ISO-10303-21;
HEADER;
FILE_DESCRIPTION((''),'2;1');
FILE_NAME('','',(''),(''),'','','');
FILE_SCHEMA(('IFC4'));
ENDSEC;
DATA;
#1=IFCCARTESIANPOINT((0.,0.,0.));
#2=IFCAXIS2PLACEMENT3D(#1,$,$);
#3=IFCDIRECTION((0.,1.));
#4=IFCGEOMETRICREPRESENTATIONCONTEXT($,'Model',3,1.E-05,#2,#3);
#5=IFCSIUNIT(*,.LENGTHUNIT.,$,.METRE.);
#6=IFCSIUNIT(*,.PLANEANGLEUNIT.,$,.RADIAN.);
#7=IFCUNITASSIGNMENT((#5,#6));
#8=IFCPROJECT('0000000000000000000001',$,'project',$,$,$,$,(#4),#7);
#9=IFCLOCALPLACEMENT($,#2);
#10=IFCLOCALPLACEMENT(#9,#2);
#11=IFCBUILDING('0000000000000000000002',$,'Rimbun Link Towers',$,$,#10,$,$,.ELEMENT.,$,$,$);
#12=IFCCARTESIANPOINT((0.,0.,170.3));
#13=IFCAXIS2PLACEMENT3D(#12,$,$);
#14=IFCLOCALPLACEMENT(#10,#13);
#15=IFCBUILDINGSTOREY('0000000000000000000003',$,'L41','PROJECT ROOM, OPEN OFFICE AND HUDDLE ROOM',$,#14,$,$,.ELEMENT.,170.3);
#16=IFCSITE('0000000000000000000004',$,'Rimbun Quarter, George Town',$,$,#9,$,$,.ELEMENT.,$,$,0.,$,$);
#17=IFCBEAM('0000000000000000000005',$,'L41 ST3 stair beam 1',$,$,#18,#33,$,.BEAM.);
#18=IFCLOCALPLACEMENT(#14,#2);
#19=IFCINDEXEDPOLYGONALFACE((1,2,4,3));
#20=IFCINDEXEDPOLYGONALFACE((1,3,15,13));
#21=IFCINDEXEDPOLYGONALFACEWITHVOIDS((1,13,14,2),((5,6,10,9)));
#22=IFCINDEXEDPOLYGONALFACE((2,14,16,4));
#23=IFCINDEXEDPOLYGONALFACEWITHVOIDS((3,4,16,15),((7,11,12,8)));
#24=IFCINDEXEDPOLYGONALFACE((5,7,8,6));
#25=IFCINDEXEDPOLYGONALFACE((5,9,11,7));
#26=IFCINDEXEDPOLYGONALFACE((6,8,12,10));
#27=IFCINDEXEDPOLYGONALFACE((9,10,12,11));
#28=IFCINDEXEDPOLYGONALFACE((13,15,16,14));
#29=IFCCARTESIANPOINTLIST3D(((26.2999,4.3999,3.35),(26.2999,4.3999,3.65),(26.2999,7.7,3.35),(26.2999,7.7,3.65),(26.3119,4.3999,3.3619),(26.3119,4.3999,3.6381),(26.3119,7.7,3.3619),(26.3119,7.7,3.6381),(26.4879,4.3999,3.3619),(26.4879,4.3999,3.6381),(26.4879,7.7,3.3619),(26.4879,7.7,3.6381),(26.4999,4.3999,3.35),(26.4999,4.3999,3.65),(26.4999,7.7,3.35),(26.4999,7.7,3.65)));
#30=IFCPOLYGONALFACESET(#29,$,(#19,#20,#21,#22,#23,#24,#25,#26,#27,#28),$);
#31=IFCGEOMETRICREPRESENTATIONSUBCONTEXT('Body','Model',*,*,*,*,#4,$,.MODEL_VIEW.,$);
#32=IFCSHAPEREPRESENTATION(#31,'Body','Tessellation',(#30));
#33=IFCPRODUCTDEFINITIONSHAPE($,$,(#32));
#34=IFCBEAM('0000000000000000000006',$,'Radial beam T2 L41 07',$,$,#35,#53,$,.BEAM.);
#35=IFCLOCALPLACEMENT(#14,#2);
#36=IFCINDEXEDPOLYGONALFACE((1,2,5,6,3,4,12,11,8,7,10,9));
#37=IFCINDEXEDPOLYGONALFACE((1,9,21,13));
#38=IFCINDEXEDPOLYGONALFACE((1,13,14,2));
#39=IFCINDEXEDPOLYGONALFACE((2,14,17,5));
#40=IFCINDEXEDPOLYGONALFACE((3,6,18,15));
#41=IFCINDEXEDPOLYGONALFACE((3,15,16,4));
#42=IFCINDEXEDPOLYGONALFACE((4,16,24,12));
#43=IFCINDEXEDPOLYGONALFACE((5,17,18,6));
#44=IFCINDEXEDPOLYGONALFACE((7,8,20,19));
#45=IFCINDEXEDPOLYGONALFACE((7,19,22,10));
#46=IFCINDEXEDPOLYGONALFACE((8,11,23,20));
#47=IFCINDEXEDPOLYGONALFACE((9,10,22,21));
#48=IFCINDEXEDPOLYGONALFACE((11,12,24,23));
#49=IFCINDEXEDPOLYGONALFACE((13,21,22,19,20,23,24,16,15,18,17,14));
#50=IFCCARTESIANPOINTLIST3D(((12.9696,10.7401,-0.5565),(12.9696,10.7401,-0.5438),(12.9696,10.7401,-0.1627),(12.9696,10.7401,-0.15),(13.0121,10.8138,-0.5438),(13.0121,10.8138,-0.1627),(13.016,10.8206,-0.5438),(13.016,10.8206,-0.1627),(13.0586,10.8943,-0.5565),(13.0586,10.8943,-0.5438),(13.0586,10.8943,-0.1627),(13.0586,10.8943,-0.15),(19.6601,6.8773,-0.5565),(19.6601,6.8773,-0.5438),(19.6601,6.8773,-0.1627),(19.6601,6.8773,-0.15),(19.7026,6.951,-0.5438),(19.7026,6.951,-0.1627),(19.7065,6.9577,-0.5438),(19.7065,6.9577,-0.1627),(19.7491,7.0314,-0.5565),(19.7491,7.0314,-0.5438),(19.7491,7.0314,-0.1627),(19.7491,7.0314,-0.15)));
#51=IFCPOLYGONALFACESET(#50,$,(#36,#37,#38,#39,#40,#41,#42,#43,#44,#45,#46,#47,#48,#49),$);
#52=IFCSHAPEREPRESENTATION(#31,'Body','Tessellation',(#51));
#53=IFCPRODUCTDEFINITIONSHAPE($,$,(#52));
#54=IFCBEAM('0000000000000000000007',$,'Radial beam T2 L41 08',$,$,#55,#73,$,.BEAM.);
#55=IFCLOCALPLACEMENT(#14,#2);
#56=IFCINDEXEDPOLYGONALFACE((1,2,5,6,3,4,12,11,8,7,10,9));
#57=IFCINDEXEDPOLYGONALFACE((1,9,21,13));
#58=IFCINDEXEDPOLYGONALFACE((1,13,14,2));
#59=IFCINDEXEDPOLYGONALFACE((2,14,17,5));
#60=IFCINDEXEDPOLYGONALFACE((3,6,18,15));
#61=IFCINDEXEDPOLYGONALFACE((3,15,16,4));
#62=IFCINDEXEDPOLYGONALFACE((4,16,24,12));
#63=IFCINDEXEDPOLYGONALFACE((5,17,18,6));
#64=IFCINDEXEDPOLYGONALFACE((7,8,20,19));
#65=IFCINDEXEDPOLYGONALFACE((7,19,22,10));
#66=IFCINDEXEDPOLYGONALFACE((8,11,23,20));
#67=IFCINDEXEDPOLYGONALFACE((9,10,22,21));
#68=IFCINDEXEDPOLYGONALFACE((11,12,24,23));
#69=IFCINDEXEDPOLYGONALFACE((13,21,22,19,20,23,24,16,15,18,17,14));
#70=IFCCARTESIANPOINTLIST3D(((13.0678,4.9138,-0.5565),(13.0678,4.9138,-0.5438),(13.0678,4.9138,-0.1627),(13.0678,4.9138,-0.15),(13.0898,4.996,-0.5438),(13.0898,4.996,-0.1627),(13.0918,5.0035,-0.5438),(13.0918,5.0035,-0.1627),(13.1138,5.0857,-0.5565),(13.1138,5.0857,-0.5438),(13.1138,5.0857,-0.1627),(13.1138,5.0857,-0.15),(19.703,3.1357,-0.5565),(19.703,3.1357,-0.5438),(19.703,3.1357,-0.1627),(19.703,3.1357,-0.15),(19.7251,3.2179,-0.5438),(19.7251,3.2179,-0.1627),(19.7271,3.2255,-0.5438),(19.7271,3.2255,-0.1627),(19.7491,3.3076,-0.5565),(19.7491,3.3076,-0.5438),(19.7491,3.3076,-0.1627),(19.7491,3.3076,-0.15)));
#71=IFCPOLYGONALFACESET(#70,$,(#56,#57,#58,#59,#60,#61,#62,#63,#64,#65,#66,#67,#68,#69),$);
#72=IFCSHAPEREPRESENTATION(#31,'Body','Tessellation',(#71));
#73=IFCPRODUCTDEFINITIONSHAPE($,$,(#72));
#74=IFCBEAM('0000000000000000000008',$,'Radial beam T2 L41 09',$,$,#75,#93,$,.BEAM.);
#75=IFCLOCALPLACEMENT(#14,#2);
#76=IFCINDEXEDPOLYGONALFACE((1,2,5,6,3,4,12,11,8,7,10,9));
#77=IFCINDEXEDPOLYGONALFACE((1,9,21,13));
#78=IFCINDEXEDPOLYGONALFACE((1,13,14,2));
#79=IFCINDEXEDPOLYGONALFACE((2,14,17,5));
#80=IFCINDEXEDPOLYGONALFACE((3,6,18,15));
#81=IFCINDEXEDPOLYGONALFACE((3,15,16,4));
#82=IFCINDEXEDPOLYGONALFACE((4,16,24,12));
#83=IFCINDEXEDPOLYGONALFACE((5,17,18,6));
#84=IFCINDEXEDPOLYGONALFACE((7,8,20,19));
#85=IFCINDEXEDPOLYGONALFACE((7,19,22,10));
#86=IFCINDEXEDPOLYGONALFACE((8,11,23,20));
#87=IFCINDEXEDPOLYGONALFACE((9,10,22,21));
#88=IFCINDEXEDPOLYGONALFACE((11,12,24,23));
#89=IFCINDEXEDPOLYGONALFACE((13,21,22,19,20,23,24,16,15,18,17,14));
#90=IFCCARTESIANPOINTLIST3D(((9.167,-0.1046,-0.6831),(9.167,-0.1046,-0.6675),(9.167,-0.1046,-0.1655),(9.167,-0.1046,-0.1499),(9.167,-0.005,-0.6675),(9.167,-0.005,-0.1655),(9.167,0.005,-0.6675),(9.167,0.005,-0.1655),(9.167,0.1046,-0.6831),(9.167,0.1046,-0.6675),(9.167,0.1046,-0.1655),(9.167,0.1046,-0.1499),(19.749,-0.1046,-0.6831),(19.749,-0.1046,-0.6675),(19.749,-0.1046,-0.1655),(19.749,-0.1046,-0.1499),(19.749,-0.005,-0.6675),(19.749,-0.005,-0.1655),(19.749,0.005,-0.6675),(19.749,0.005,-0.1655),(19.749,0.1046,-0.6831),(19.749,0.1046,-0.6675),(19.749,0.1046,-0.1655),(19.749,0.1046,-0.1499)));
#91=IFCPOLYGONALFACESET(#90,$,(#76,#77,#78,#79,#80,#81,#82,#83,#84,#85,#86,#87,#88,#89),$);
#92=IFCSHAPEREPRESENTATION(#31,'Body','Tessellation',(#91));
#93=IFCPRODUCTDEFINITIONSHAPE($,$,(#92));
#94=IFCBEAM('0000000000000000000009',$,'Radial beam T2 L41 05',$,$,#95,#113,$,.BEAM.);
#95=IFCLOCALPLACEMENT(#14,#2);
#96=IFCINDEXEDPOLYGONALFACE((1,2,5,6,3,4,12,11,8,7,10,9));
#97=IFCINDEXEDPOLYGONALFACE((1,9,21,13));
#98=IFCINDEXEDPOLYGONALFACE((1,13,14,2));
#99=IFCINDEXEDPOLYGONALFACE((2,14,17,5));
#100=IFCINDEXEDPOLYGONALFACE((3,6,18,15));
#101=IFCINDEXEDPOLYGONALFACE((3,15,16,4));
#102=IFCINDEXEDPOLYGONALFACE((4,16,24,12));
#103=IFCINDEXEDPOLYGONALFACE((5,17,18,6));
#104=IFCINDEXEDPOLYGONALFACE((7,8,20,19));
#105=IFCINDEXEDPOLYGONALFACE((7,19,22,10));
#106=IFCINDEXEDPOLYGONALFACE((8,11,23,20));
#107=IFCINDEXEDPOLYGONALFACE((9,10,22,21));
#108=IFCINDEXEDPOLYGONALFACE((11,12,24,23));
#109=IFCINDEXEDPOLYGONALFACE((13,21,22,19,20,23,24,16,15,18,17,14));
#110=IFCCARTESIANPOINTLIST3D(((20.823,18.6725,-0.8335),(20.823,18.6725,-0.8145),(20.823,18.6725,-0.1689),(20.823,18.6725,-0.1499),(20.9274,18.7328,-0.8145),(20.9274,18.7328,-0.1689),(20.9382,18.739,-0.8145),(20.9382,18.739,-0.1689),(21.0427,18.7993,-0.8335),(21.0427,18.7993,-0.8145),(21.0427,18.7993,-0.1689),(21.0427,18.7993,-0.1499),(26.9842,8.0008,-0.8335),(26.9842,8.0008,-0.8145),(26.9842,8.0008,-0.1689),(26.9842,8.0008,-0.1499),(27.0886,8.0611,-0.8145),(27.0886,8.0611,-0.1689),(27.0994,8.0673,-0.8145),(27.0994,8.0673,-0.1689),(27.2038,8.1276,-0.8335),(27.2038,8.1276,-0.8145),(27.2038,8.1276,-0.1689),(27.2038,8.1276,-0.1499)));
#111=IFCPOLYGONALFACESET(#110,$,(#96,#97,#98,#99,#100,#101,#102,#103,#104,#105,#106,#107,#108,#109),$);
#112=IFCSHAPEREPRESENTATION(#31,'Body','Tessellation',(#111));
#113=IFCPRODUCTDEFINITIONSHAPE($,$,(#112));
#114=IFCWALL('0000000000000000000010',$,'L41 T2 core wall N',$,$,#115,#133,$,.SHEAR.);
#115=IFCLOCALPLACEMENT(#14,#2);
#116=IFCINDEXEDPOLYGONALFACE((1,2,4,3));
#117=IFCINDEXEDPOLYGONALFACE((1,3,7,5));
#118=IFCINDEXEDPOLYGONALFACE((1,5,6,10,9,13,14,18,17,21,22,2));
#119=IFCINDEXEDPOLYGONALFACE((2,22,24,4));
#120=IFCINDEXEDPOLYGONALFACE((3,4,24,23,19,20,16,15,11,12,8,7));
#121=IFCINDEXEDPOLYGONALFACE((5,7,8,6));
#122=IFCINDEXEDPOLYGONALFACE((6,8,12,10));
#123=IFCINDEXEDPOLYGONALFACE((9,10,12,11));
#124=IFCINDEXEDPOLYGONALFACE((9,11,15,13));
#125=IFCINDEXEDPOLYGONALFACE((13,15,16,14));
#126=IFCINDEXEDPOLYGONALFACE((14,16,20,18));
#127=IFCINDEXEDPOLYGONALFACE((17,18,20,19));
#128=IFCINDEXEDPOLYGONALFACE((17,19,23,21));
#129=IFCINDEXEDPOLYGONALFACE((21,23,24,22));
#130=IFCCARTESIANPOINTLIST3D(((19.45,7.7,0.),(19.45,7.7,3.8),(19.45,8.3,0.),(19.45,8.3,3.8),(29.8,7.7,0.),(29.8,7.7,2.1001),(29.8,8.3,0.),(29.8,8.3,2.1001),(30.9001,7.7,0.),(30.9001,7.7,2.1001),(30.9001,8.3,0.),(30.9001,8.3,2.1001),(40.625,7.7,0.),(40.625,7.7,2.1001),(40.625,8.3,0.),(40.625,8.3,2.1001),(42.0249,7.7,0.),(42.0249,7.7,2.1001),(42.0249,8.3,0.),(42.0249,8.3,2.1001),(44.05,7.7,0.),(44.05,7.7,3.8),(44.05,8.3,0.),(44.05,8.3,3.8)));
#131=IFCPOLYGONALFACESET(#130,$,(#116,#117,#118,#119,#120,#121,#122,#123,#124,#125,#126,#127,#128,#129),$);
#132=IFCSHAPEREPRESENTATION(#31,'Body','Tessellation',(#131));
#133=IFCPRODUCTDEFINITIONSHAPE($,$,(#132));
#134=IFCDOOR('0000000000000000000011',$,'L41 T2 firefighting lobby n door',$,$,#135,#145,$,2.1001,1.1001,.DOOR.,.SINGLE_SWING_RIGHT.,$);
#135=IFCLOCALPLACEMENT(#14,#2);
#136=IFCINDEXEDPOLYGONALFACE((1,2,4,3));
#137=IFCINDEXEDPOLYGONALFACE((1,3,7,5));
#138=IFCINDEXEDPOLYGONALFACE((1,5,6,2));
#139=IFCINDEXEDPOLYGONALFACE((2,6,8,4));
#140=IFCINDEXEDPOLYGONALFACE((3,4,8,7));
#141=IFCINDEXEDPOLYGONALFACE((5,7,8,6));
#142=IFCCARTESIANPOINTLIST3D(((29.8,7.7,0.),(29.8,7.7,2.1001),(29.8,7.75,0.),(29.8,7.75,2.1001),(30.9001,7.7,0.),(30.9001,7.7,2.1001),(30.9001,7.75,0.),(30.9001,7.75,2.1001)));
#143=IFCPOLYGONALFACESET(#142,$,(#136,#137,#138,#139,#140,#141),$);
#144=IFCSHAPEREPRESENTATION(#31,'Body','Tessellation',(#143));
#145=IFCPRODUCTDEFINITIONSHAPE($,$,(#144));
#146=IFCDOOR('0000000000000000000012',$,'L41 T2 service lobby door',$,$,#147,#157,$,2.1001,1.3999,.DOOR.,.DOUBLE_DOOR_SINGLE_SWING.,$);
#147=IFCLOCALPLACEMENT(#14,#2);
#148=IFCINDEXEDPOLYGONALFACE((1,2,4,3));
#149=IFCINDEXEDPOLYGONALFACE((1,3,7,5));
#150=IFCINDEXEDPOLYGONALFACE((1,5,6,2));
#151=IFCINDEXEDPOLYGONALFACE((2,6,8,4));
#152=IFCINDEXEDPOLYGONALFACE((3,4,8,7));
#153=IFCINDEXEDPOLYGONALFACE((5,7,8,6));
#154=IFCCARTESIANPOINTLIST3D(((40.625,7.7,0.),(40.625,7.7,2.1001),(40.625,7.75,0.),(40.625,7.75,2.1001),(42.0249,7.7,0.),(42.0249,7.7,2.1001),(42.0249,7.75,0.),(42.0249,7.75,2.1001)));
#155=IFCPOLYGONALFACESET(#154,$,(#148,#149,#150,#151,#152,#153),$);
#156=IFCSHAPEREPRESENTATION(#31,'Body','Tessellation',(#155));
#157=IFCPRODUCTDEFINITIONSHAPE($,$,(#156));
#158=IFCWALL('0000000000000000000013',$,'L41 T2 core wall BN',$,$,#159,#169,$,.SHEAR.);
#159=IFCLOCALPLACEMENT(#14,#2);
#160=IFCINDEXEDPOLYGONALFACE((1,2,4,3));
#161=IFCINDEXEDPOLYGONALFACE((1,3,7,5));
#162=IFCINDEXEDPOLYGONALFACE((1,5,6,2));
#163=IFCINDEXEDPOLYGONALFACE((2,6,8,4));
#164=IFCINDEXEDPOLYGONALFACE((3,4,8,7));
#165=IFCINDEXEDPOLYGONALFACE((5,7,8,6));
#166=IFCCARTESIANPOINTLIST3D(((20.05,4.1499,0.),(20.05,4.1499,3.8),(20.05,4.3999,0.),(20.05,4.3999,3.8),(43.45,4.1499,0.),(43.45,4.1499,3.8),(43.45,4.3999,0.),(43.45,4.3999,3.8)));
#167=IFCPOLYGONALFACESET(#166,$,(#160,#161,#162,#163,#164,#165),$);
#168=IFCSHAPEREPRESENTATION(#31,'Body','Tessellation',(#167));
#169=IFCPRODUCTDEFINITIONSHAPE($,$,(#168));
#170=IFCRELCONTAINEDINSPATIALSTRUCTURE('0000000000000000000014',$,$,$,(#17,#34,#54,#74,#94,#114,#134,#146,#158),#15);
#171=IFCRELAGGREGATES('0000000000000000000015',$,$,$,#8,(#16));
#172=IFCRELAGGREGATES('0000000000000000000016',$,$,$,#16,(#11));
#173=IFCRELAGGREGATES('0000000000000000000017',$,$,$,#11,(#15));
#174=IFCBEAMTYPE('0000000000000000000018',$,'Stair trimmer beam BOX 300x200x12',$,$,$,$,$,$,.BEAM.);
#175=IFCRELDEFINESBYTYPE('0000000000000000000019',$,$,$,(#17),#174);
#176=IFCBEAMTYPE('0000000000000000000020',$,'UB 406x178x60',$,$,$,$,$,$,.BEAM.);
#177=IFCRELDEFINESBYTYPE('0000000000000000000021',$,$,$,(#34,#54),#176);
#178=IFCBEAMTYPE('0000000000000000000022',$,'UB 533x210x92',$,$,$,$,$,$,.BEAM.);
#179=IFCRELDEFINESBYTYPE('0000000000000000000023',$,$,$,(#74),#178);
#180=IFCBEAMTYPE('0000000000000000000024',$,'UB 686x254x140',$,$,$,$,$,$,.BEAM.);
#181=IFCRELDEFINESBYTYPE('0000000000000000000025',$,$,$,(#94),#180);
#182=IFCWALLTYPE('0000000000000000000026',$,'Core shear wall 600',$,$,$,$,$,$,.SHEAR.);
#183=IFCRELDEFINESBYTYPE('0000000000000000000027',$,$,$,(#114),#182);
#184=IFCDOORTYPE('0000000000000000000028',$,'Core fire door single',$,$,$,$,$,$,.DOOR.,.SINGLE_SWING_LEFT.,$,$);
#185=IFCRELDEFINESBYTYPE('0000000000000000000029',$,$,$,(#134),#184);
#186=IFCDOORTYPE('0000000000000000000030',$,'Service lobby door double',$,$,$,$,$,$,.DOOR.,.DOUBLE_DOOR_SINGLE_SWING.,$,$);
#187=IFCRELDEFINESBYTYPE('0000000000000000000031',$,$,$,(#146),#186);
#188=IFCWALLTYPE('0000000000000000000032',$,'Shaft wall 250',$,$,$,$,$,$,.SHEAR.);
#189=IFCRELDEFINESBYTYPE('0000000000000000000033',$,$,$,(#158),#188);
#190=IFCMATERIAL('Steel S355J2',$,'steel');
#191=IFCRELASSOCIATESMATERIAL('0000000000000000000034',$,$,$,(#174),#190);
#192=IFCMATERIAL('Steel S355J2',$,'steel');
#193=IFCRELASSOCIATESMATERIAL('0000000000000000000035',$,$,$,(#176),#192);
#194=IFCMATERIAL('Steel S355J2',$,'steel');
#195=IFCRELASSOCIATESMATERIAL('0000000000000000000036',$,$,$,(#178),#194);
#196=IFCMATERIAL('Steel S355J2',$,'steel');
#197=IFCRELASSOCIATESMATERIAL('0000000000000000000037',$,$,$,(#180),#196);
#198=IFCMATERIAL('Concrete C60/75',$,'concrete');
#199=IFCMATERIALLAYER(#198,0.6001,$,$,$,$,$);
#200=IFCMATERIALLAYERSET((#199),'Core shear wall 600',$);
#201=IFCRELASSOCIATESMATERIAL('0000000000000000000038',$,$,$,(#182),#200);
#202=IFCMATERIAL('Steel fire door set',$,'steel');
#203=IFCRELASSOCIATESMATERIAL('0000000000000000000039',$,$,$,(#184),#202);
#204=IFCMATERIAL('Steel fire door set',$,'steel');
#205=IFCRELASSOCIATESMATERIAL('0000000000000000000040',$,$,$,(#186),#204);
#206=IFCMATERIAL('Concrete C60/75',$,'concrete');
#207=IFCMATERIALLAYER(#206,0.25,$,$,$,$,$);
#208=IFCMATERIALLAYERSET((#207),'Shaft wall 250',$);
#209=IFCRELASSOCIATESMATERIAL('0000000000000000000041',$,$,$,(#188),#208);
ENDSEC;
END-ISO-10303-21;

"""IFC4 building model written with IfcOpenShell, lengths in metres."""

from ifc_helpers import new_model, si_unit, direction, frame, frame_2d, origin, origin_2d, place, context, subcontext, project, spatial, rectangle, hollow_rectangle, i_section, extrude, material, layer, layer_set, material_profile, profile_set, type_object, element, fill, save


model = new_model("IFC4")

# Units and contexts
model_context = context("Model", 3, precision=1e-05, world=origin(), true_north=direction((0.0, 1.0)))
body_context = subcontext(model_context, "Body", "Model", "MODEL_VIEW")
ifc_project = project(units=[si_unit("LENGTHUNIT", "METRE"), si_unit("PLANEANGLEUNIT", "RADIAN")], contexts=[model_context])

# Site, building, storey
site_placement = place(None, origin())
site = spatial("IfcSite", under=ifc_project, at=site_placement, Name="Rimbun Quarter, George Town", CompositionType="ELEMENT", RefElevation=0.0)
building_placement = place(site_placement, origin())
building = spatial("IfcBuilding", under=site, at=building_placement, Name="Rimbun Link Towers", CompositionType="ELEMENT")
storey_placement = place(building_placement, frame((0.0, 0.0, 170.3)))
storey = spatial("IfcBuildingStorey", under=building, at=storey_placement, Name="L41", Description="PROJECT ROOM, OPEN OFFICE AND HUDDLE ROOM", CompositionType="ELEMENT", Elevation=170.3)

# Beams
ifc_material_1 = material(Name="Steel S355J2", Category="steel")
ifc_material_profile_1 = material_profile(ifc_material_1, hollow_rectangle(XDim=0.2, YDim=0.3, WallThickness=0.012, at=origin_2d()), Name="BOX 300x200x12")
ifc_profile_set_1 = profile_set([ifc_material_profile_1], Name="Steel S355J2")
beam_type_1 = type_object("IfcBeamType", Name="Stair trimmer beam BOX 300x200x12", PredefinedType="BEAM", material=ifc_profile_set_1)
beam_1_placement = place(storey_placement, frame((26.3999, 7.7, 3.5), z_axis=(0.0, -1.0, 0.0), x_axis=(1.0, 0.0, 0.0)))
element("IfcBeam", 1, at=beam_1_placement, inside=storey, type_object=beam_type_1, Name="L41 ST3 stair beam 1", PredefinedType="BEAM", context=body_context, shape_type="SweptSolid", body=[
    extrude(hollow_rectangle(XDim=0.2, YDim=0.3, WallThickness=0.012, at=origin_2d()), origin(), (0.0, 0.0, 1.0), 3.3),
])
ifc_material_2 = material(Name="Steel S355J2", Category="steel")
ifc_material_profile_2 = material_profile(ifc_material_2, i_section(OverallWidth=0.178, OverallDepth=0.4065, WebThickness=0.0078, FlangeThickness=0.0127, at=origin_2d()), Name="UB 406x178x60")
ifc_profile_set_2 = profile_set([ifc_material_profile_2], Name="Steel S355J2")
beam_type_2 = type_object("IfcBeamType", Name="UB 406x178x60", PredefinedType="BEAM", material=ifc_profile_set_2)
beam_2_placement = place(storey_placement, frame((19.7046, 6.9543, -0.3533), z_axis=(-0.866021, 0.500007, 0.0), x_axis=(-0.500007, -0.866021, 0.0)))
element("IfcBeam", 2, at=beam_2_placement, inside=storey, type_object=beam_type_2, Name="Radial beam T2 L41 07", PredefinedType="BEAM", context=body_context, shape_type="SweptSolid", body=[
    extrude(i_section(OverallWidth=0.178, OverallDepth=0.4065, WebThickness=0.0078, FlangeThickness=0.0127, at=origin_2d()), origin(), (0.0, 0.0, 1.0), 7.7256),
])
beam_3_placement = place(storey_placement, frame((19.7261, 3.2217, -0.3533), z_axis=(-0.96592, 0.258841, 0.0), x_axis=(-0.258841, -0.96592, 0.0)))
element("IfcBeam", 3, at=beam_3_placement, inside=storey, type_object=beam_type_2, Name="Radial beam T2 L41 08", PredefinedType="BEAM", context=body_context, shape_type="SweptSolid", body=[
    extrude(i_section(OverallWidth=0.178, OverallDepth=0.4065, WebThickness=0.0078, FlangeThickness=0.0127, at=origin_2d()), origin(), (0.0, 0.0, 1.0), 6.8694),
])
ifc_material_3 = material(Name="Steel S355J2", Category="steel")
ifc_material_profile_3 = material_profile(ifc_material_3, i_section(OverallWidth=0.2092, OverallDepth=0.5332, WebThickness=0.01, FlangeThickness=0.0156, at=origin_2d()), Name="UB 533x210x92")
ifc_profile_set_3 = profile_set([ifc_material_profile_3], Name="Steel S355J2")
beam_type_3 = type_object("IfcBeamType", Name="UB 533x210x92", PredefinedType="BEAM", material=ifc_profile_set_3)
beam_4_placement = place(storey_placement, frame((19.749, 0.0, -0.4165), z_axis=(-1.0, 0.0, 0.0), x_axis=(0.0, -1.0, 0.0)))
element("IfcBeam", 4, at=beam_4_placement, inside=storey, type_object=beam_type_3, Name="Radial beam T2 L41 09", PredefinedType="BEAM", context=body_context, shape_type="SweptSolid", body=[
    extrude(i_section(OverallWidth=0.2092, OverallDepth=0.5332, WebThickness=0.01, FlangeThickness=0.0156, at=origin_2d()), origin(), (0.0, 0.0, 1.0), 10.582),
])
ifc_material_4 = material(Name="Steel S355J2", Category="steel")
ifc_material_profile_4 = material_profile(ifc_material_4, i_section(OverallWidth=0.2537, OverallDepth=0.6836, WebThickness=0.0125, FlangeThickness=0.019, at=origin_2d()), Name="UB 686x254x140")
ifc_profile_set_4 = profile_set([ifc_material_profile_4], Name="Steel S355J2")
beam_type_4 = type_object("IfcBeamType", Name="UB 686x254x140", PredefinedType="BEAM", material=ifc_profile_set_4)
beam_5_placement = place(storey_placement, frame((27.094, 8.0642, -0.4917), z_axis=(-0.499992, 0.86603, 0.0), x_axis=(-0.86603, -0.499992, 0.0)))
element("IfcBeam", 5, at=beam_5_placement, inside=storey, type_object=beam_type_4, Name="Radial beam T2 L41 05", PredefinedType="BEAM", context=body_context, shape_type="SweptSolid", body=[
    extrude(i_section(OverallWidth=0.2537, OverallDepth=0.6836, WebThickness=0.0125, FlangeThickness=0.019, at=origin_2d()), origin(), (0.0, 0.0, 1.0), 12.3225),
])

# Wall, openings, doors
ifc_material_5 = material(Name="Concrete C60/75", Category="concrete")
ifc_layer_1 = layer(ifc_material_5, 0.6001)
ifc_layer_set_1 = layer_set([ifc_layer_1], Name="Core shear wall 600")
wall_type_1 = type_object("IfcWallType", Name="Core shear wall 600", PredefinedType="SHEAR", material=ifc_layer_set_1)
wall_1_placement = place(storey_placement, frame((19.45, 8.0, 0.0), z_axis=(0.0, 0.0, 1.0), x_axis=(1.0, 0.0, 0.0)))
wall_1 = element("IfcWall", 6, at=wall_1_placement, inside=storey, type_object=wall_type_1, Name="L41 T2 core wall N", PredefinedType="SHEAR", context=body_context, shape_type="SweptSolid", body=[
    extrude(rectangle(XDim=24.6001, YDim=0.6001, at=frame_2d((12.3, 0.0))), origin(), (0.0, 0.0, 1.0), 3.8),
])
opening_1_placement = place(wall_1_placement, frame((10.3501, 0.0, 0.0)))
opening_1 = element("IfcOpeningElement", 7, at=opening_1_placement, cuts=wall_1, PredefinedType="OPENING", context=body_context, shape_type="SweptSolid", body=[
    extrude(rectangle(XDim=1.1001, YDim=2.1001, at=frame_2d((0.55, 1.05))), frame((0.0, 0.3101, 0.0), z_axis=(0.0, -1.0, 0.0), x_axis=(1.0, 0.0, 0.0)), (0.0, 0.0, 1.0), 0.6201),
])
opening_2_placement = place(wall_1_placement, frame((21.175, 0.0, 0.0)))
opening_2 = element("IfcOpeningElement", 8, at=opening_2_placement, cuts=wall_1, PredefinedType="OPENING", context=body_context, shape_type="SweptSolid", body=[
    extrude(rectangle(XDim=1.3999, YDim=2.1001, at=frame_2d((0.7, 1.05))), frame((0.0, 0.3101, 0.0), z_axis=(0.0, -1.0, 0.0), x_axis=(1.0, 0.0, 0.0)), (0.0, 0.0, 1.0), 0.6201),
])
ifc_material_6 = material(Name="Steel fire door set", Category="steel")
door_type_1 = type_object("IfcDoorType", Name="Core fire door single", OperationType="SINGLE_SWING_LEFT", PredefinedType="DOOR", material=ifc_material_6)
door_1_placement = place(opening_1_placement, origin())
door_1 = element("IfcDoor", 9, at=door_1_placement, inside=storey, type_object=door_type_1, Name="L41 T2 firefighting lobby n door", OperationType="SINGLE_SWING_RIGHT", OverallHeight=2.1001, OverallWidth=1.1001, PredefinedType="DOOR", context=body_context, shape_type="SweptSolid", body=[
    extrude(rectangle(XDim=1.1001, YDim=2.1001, at=frame_2d((0.55, 1.05))), frame((0.0, -0.25, 0.0), z_axis=(0.0, -1.0, 0.0), x_axis=(1.0, 0.0, 0.0)), (0.0, 0.0, 1.0), 0.05),
])
fill(opening_1, door_1)
ifc_material_7 = material(Name="Steel fire door set", Category="steel")
door_type_2 = type_object("IfcDoorType", Name="Service lobby door double", OperationType="DOUBLE_DOOR_SINGLE_SWING", PredefinedType="DOOR", material=ifc_material_7)
door_2_placement = place(opening_2_placement, origin())
door_2 = element("IfcDoor", 10, at=door_2_placement, inside=storey, type_object=door_type_2, Name="L41 T2 service lobby door", OperationType="DOUBLE_DOOR_SINGLE_SWING", OverallHeight=2.1001, OverallWidth=1.3999, PredefinedType="DOOR", context=body_context, shape_type="SweptSolid", body=[
    extrude(rectangle(XDim=1.3999, YDim=2.1001, at=frame_2d((0.7, 1.05))), frame((0.0, -0.25, 0.0), z_axis=(0.0, -1.0, 0.0), x_axis=(1.0, 0.0, 0.0)), (0.0, 0.0, 1.0), 0.05),
])
fill(opening_2, door_2)

# Wall
ifc_material_8 = material(Name="Concrete C60/75", Category="concrete")
ifc_layer_2 = layer(ifc_material_8, 0.25)
ifc_layer_set_2 = layer_set([ifc_layer_2], Name="Shaft wall 250")
wall_type_2 = type_object("IfcWallType", Name="Shaft wall 250", PredefinedType="SHEAR", material=ifc_layer_set_2)
wall_2_placement = place(storey_placement, frame((20.05, 4.2749, 0.0), z_axis=(0.0, 0.0, 1.0), x_axis=(1.0, 0.0, 0.0)))
element("IfcWall", 11, at=wall_2_placement, inside=storey, type_object=wall_type_2, Name="L41 T2 core wall BN", PredefinedType="SHEAR", context=body_context, shape_type="SweptSolid", body=[
    extrude(rectangle(XDim=23.3999, YDim=0.25, at=frame_2d((11.7, 0.0))), origin(), (0.0, 0.0, 1.0), 3.8),
])

save(model, "model.ifc")
